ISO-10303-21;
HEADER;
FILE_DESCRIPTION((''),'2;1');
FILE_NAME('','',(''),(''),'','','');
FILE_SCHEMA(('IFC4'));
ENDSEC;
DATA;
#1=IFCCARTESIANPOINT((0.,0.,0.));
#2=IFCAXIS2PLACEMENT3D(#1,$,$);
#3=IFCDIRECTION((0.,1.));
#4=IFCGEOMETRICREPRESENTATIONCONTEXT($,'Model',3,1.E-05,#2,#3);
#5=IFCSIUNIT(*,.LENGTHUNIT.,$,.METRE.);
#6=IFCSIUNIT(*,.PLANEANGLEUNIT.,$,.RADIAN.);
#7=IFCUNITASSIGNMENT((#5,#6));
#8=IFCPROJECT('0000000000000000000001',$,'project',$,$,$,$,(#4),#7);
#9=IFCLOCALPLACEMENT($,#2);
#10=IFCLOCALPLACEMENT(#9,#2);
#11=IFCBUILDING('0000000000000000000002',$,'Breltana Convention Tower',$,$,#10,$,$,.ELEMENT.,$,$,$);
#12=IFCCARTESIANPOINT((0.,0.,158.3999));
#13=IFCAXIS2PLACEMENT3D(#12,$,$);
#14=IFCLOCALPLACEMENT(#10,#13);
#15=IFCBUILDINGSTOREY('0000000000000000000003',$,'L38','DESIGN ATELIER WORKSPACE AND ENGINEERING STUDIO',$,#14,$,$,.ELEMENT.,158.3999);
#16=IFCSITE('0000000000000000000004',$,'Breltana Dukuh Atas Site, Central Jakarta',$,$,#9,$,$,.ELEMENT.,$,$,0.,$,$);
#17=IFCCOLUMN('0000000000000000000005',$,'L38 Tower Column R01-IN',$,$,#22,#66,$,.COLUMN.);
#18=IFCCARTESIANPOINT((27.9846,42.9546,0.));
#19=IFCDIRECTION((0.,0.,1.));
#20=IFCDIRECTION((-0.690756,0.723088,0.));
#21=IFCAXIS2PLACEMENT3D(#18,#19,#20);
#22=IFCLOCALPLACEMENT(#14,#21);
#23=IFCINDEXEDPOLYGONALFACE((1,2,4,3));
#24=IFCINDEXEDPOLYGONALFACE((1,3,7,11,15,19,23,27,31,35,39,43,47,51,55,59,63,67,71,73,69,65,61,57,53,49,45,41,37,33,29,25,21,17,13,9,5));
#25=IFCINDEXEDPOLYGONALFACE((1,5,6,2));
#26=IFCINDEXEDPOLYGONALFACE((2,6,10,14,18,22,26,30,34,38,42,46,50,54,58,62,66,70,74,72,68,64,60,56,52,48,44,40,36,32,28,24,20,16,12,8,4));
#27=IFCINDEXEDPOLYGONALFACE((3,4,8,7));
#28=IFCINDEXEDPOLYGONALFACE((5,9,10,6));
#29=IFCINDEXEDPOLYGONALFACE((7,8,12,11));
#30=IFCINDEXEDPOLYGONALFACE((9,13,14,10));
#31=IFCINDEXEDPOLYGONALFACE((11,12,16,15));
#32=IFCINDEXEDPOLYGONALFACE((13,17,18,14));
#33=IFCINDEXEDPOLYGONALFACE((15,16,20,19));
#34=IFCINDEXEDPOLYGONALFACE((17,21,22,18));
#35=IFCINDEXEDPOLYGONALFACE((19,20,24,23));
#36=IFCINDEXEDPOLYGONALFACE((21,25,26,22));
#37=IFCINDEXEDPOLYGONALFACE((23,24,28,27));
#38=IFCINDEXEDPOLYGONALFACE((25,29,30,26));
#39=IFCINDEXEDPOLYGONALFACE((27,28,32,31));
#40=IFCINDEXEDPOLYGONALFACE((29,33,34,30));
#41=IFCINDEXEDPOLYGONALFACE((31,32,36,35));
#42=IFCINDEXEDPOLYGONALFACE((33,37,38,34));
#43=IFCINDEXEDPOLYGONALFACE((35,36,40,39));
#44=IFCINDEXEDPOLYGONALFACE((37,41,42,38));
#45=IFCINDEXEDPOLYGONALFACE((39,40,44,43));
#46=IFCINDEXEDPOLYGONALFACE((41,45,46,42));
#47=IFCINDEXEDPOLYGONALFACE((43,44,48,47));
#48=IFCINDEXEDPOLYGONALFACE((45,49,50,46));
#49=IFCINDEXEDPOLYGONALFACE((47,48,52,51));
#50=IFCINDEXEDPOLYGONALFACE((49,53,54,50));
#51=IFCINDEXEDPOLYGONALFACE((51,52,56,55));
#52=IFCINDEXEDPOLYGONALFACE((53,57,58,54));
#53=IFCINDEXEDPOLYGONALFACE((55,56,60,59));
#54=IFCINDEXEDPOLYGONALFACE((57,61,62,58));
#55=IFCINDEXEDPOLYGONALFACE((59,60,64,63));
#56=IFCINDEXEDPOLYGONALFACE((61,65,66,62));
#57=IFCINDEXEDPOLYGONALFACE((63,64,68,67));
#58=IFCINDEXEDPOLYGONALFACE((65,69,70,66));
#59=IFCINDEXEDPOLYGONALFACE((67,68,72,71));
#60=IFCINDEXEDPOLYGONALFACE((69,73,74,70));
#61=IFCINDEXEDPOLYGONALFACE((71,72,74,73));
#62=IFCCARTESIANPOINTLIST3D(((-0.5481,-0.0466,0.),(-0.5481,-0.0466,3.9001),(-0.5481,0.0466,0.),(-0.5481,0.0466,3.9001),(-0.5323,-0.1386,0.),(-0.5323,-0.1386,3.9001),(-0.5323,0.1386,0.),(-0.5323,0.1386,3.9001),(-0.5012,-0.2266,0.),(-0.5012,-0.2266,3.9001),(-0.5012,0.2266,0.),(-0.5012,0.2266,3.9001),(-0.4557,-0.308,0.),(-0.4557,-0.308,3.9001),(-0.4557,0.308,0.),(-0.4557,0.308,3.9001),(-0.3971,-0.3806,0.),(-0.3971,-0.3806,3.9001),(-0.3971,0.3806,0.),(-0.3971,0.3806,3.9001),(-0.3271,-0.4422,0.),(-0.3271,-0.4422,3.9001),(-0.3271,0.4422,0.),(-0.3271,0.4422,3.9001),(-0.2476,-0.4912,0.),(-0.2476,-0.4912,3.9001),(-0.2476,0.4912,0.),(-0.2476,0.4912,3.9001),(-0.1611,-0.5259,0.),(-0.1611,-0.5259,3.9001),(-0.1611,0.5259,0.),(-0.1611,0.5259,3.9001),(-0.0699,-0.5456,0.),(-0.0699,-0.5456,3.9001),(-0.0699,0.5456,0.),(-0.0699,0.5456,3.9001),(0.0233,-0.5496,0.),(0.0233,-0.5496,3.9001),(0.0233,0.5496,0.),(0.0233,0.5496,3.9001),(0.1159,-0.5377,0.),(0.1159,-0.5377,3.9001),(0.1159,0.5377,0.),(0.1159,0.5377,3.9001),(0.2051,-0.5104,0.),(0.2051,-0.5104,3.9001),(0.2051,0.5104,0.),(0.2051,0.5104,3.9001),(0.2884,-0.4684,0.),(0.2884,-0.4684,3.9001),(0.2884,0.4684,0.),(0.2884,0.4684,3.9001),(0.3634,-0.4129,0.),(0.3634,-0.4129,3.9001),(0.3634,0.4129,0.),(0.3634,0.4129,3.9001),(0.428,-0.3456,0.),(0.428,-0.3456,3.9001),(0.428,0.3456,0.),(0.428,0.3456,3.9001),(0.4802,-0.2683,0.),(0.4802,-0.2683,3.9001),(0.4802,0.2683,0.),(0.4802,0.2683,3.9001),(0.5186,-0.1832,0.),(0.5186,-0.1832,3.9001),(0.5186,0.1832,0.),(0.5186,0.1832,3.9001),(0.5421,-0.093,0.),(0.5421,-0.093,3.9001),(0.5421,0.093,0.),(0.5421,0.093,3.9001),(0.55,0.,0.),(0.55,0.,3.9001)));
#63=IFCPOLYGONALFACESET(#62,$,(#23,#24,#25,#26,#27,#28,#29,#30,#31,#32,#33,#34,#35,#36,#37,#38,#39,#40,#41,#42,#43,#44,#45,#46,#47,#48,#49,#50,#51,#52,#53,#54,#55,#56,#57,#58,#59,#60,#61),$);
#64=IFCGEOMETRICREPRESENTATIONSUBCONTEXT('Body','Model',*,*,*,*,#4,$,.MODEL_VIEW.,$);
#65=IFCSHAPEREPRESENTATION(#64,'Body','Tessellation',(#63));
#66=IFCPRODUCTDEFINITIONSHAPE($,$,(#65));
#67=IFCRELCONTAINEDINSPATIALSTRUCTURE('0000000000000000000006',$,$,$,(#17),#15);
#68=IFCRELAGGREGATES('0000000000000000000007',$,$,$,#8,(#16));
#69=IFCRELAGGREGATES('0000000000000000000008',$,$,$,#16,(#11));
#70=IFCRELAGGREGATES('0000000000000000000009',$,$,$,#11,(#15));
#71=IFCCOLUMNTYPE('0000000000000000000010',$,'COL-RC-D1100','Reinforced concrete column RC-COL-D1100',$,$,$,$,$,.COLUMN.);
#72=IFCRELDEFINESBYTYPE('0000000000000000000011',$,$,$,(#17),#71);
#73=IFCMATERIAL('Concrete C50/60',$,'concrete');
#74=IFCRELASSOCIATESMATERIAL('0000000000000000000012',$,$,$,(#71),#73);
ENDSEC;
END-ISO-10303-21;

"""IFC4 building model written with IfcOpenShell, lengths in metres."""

from ifc_helpers import new_model, si_unit, direction, frame, origin, origin_2d, place, context, subcontext, project, spatial, circle, extrude, source, transform, mapped, material, material_profile, profile_set, type_object, element, save


model = new_model("IFC4")

# Units and contexts
model_context = context("Model", 3, precision=1e-05, world=origin(), true_north=direction((0.0, 1.0)))
body_context = subcontext(model_context, "Body", "Model", "MODEL_VIEW")
ifc_project = project(units=[si_unit("LENGTHUNIT", "METRE"), si_unit("PLANEANGLEUNIT", "RADIAN")], contexts=[model_context])

# Site, building, storey
site_placement = place(None, origin())
site = spatial("IfcSite", under=ifc_project, at=site_placement, Name="Breltana Dukuh Atas Site, Central Jakarta", CompositionType="ELEMENT", RefElevation=0.0)
building_placement = place(site_placement, origin())
building = spatial("IfcBuilding", under=site, at=building_placement, Name="Breltana Convention Tower", CompositionType="ELEMENT")
storey_placement = place(building_placement, frame((0.0, 0.0, 158.3999)))
storey = spatial("IfcBuildingStorey", under=building, at=storey_placement, Name="L38", Description="DESIGN ATELIER WORKSPACE AND ENGINEERING STUDIO", CompositionType="ELEMENT", Elevation=158.3999)

# Column
ifc_material_1 = material(Name="Concrete C50/60", Category="concrete")
ifc_material_profile_1 = material_profile(ifc_material_1, circle(Radius=0.55, at=origin_2d()), Name="RC-COL-D1100")
ifc_profile_set_1 = profile_set([ifc_material_profile_1], Name="Concrete C50/60")
column_type = type_object("IfcColumnType", Name="COL-RC-D1100", Description="Reinforced concrete column RC-COL-D1100", PredefinedType="COLUMN", material=ifc_profile_set_1)
shared_shape_1 = source(origin(), body_context, "Body", "SweptSolid", [
    extrude(circle(Radius=0.55, at=origin_2d()), origin(), (0.0, 0.0, 1.0), 3.9001),
])
column_placement = place(storey_placement, frame((27.9846, 42.9546, 0.0), z_axis=(0.0, 0.0, 1.0), x_axis=(-0.690756, 0.723088, 0.0)))
element("IfcColumn", 1, at=column_placement, inside=storey, type_object=column_type, Name="L38 Tower Column R01-IN", PredefinedType="COLUMN", context=body_context, shape_type="MappedRepresentation", body=[
    mapped(shared_shape_1, transform((0.0, 0.0, 0.0), scale=1.0)),
])

save(model, "model.ifc")
